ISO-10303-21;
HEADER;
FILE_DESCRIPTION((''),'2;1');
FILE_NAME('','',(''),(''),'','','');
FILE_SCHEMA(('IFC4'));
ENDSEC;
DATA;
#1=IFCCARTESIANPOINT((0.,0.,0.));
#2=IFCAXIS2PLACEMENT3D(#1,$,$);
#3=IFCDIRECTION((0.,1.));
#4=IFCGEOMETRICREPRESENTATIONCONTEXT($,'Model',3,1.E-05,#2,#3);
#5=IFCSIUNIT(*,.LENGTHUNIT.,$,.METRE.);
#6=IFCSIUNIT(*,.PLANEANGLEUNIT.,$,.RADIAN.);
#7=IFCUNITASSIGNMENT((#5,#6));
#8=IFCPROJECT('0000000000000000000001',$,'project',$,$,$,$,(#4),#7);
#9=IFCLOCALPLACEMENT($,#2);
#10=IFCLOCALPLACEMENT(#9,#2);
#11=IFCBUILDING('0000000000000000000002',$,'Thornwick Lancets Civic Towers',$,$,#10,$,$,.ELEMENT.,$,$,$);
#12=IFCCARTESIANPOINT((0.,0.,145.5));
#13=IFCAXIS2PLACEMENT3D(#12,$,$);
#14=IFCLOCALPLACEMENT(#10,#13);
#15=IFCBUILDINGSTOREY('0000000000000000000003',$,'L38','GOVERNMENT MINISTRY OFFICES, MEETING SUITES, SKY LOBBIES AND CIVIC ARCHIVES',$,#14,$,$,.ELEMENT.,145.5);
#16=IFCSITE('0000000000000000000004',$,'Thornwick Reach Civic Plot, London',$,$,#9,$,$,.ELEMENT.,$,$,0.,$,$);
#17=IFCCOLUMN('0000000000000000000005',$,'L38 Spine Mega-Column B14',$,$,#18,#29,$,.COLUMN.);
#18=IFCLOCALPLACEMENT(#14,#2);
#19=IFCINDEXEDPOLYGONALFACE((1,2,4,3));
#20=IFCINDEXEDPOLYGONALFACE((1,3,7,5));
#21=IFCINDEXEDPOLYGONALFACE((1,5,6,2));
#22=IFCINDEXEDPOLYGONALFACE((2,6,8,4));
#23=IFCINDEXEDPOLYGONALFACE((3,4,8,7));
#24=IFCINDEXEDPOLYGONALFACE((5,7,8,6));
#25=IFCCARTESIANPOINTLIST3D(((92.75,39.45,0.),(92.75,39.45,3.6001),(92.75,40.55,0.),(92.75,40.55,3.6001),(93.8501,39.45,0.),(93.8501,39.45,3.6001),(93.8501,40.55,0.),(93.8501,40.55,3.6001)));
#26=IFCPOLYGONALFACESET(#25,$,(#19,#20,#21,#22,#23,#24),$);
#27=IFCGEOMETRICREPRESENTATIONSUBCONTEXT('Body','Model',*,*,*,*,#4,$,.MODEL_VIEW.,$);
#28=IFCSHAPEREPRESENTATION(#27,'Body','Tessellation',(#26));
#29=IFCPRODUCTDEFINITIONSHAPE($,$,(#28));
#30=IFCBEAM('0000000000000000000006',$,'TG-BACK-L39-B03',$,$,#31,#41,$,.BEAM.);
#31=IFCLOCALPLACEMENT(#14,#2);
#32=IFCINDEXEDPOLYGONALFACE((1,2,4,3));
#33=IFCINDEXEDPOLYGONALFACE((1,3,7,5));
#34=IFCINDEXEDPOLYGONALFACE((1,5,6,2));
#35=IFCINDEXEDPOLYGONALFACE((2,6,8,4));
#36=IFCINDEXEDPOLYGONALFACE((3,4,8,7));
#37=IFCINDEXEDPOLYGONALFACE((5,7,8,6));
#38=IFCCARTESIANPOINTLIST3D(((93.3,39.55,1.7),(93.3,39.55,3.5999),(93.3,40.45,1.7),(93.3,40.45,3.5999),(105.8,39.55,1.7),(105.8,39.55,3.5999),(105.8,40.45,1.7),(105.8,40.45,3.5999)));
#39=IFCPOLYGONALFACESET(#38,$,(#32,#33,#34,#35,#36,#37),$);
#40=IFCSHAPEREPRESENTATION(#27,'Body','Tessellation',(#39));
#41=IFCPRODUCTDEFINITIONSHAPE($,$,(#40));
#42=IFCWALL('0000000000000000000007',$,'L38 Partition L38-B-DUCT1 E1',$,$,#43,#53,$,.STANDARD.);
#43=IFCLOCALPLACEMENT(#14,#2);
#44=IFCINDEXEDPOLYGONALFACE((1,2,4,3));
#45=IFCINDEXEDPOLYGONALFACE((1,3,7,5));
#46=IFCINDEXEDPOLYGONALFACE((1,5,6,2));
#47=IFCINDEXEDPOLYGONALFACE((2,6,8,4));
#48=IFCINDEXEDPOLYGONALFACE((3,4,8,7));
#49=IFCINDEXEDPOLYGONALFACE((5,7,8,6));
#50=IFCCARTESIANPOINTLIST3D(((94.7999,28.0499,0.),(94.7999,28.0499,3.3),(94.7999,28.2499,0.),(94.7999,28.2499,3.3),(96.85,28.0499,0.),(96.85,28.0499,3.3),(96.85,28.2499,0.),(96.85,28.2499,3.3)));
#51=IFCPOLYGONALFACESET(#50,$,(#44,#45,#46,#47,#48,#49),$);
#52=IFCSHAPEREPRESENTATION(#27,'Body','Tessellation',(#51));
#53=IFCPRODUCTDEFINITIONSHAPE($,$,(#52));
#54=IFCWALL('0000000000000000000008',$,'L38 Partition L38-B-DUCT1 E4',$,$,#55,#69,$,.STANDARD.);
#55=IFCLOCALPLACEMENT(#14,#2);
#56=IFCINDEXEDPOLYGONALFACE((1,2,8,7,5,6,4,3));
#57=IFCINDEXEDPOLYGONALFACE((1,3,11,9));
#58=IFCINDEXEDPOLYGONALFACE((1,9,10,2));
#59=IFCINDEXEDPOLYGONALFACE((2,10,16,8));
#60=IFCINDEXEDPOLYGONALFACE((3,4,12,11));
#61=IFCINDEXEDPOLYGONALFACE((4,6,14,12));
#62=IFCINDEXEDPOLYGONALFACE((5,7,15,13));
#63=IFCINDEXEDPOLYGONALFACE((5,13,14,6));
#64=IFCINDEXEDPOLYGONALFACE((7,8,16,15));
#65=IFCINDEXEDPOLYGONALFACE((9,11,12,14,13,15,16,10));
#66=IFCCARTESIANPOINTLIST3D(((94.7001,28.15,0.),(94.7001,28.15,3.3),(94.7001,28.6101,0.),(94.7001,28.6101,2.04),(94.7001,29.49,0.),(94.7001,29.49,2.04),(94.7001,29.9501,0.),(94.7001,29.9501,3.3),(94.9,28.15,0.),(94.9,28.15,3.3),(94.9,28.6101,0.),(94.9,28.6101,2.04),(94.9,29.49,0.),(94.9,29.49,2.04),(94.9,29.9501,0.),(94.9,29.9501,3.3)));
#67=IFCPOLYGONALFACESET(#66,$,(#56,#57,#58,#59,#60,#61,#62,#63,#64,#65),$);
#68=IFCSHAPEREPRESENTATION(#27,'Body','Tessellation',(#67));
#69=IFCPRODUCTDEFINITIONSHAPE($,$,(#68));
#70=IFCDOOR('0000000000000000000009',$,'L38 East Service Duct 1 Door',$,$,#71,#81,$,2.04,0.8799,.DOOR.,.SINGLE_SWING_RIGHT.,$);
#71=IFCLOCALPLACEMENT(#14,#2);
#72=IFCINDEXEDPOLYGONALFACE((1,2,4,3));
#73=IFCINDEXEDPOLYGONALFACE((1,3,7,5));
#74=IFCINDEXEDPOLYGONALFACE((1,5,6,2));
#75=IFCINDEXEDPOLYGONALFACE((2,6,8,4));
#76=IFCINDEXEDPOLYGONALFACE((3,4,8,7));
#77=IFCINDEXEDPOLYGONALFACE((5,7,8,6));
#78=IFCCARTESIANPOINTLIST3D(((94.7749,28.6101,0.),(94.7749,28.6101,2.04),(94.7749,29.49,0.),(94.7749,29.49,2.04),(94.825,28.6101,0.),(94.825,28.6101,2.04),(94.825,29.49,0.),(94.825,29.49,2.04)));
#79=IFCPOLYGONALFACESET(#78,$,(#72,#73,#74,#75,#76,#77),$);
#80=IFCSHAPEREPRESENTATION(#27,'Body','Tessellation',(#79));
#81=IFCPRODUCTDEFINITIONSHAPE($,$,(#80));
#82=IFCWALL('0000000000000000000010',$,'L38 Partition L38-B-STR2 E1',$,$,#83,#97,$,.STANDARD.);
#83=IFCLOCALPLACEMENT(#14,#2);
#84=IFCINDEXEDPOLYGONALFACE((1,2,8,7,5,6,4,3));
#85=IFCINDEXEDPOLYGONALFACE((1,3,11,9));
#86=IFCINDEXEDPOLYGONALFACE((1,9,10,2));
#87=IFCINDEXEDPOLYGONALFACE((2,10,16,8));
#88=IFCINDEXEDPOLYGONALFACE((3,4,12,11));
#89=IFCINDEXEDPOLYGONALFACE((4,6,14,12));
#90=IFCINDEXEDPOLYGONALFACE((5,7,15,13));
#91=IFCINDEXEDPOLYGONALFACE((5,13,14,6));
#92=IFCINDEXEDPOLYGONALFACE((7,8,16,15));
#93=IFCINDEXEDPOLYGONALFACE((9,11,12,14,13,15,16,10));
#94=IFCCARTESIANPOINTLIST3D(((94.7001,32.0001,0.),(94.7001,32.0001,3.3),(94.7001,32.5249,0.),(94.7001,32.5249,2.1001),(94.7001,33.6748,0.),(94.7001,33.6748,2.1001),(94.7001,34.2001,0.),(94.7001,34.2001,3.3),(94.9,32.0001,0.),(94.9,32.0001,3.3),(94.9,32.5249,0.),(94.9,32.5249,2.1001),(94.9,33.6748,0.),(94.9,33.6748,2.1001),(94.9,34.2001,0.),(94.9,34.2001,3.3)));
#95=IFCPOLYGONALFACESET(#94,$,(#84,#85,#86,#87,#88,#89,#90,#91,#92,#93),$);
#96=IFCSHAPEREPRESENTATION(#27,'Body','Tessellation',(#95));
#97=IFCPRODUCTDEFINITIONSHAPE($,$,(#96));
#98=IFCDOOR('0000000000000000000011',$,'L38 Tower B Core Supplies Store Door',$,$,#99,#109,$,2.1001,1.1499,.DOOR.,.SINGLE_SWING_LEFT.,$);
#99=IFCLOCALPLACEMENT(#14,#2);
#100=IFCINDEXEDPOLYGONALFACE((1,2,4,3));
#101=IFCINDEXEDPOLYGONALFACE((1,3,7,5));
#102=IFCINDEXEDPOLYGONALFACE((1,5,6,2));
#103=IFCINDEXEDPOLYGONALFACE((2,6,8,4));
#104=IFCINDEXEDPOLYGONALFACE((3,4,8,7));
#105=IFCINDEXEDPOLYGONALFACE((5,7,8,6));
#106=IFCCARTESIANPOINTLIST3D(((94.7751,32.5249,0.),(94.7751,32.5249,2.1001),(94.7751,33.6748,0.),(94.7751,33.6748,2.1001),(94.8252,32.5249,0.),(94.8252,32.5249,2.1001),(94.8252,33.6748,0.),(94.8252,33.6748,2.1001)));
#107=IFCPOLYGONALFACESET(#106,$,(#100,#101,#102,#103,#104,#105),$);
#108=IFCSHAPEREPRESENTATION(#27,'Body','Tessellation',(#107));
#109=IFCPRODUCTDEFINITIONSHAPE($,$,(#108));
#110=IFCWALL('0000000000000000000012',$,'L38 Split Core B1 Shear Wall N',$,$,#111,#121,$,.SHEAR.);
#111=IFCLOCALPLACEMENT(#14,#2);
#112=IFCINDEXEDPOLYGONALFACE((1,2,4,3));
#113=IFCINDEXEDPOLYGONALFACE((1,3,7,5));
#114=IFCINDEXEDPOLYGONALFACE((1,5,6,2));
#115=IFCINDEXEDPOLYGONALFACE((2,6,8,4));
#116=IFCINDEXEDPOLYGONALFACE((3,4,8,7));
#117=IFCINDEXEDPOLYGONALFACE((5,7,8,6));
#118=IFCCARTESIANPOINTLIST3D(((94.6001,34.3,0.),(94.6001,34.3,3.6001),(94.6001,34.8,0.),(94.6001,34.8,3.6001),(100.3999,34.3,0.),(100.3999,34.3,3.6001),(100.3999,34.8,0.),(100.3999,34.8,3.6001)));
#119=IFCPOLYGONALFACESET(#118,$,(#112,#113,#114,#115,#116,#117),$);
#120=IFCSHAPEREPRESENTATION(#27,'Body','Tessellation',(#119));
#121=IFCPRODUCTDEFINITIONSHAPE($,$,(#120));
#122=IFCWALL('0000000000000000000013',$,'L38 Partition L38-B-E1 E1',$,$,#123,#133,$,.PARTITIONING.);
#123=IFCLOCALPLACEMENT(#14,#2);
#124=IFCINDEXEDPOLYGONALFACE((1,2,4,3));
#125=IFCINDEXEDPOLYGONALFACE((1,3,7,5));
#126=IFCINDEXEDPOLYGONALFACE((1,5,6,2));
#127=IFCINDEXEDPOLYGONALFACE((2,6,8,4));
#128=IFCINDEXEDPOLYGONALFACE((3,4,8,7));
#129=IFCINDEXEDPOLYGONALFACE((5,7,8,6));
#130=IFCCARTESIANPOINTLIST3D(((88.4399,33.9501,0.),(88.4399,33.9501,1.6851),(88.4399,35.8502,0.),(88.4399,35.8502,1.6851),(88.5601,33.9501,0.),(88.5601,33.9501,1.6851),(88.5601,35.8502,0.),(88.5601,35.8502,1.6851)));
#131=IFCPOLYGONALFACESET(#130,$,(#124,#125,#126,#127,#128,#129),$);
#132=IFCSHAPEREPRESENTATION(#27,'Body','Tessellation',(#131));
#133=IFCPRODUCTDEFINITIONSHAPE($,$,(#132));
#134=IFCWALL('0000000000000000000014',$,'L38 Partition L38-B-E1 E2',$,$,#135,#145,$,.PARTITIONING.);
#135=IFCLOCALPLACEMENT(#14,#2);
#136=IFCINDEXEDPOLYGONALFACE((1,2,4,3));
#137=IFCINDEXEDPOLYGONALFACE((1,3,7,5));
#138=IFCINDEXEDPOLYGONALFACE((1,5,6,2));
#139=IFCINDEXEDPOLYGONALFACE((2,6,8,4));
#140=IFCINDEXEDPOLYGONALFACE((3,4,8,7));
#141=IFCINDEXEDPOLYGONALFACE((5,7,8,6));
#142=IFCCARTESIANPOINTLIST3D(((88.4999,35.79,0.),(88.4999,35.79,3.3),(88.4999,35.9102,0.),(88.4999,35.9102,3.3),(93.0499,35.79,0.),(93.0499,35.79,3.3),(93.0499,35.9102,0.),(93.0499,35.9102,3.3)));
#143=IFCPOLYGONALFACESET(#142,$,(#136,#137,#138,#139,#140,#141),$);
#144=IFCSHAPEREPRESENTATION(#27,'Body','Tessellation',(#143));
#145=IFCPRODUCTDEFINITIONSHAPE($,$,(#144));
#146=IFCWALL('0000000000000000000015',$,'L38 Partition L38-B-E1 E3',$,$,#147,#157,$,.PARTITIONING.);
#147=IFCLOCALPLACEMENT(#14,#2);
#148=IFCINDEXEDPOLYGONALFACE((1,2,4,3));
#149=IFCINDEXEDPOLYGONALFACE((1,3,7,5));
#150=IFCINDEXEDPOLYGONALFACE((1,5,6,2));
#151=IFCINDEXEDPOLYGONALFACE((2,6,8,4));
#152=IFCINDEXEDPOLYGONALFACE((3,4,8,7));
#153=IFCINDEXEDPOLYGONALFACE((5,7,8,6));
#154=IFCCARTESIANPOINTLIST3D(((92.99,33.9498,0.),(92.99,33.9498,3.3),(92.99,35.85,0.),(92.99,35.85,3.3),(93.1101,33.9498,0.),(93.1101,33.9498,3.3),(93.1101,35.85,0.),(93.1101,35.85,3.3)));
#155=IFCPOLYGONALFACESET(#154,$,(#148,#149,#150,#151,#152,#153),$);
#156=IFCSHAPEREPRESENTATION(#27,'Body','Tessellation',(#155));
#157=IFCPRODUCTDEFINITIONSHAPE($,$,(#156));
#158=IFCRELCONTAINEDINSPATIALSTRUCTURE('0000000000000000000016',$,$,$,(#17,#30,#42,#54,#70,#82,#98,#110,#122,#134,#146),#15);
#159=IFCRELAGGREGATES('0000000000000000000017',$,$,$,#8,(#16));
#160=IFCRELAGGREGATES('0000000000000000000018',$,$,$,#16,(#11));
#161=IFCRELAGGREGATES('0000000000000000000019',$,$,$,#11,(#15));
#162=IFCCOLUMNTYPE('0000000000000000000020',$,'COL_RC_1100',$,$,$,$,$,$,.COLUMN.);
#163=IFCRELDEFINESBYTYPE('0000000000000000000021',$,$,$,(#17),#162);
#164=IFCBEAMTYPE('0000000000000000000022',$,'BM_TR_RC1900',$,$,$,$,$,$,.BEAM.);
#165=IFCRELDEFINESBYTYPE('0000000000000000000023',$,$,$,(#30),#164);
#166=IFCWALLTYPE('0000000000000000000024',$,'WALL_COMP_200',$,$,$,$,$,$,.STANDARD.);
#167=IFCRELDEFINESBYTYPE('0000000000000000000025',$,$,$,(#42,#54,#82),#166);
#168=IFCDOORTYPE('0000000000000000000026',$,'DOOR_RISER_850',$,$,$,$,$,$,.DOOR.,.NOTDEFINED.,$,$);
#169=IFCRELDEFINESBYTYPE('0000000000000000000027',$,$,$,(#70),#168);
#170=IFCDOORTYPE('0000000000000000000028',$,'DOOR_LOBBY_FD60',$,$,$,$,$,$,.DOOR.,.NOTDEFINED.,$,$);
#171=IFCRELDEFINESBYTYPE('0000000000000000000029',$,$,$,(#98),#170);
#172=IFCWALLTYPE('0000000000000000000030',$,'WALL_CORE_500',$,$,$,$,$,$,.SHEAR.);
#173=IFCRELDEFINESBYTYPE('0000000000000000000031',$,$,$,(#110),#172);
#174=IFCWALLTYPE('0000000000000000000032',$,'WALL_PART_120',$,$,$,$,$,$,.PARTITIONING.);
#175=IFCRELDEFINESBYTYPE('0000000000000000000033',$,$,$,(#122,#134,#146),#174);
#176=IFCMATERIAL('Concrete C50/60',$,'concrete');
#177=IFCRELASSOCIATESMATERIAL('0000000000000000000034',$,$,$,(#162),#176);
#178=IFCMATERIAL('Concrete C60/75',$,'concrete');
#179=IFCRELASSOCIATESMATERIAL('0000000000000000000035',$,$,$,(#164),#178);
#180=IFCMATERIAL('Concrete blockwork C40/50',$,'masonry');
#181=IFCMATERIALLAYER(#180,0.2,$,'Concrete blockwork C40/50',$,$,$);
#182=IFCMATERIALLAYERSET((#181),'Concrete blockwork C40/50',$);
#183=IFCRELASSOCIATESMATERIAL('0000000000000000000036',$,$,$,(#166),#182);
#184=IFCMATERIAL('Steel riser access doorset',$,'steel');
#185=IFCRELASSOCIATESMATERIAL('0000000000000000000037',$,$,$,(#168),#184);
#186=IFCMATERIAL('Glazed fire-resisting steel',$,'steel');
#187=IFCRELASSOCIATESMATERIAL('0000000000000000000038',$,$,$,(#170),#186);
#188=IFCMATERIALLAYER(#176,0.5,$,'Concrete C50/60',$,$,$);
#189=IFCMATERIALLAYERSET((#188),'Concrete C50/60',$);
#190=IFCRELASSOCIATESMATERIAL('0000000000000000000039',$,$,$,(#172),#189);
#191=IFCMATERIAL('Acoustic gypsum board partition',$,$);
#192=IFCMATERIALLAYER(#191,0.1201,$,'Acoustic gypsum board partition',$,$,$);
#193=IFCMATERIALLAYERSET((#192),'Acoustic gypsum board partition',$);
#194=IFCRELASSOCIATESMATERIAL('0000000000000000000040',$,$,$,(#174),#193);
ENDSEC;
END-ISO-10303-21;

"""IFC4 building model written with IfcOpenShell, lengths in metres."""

from ifc_helpers import new_model, si_unit, direction, frame, frame_2d, origin, origin_2d, place, context, subcontext, project, spatial, rectangle, extrude, material, layer, layer_set, material_profile, profile_set, type_object, element, fill, save


model = new_model("IFC4")

# Units and contexts
model_context = context("Model", 3, precision=1e-05, world=origin(), true_north=direction((0.0, 1.0)))
body_context = subcontext(model_context, "Body", "Model", "MODEL_VIEW")
ifc_project = project(units=[si_unit("LENGTHUNIT", "METRE"), si_unit("PLANEANGLEUNIT", "RADIAN")], contexts=[model_context])

# Site, building, storey
site_placement = place(None, origin())
site = spatial("IfcSite", under=ifc_project, at=site_placement, Name="Thornwick Reach Civic Plot, London", CompositionType="ELEMENT", RefElevation=0.0)
building_placement = place(site_placement, origin())
building = spatial("IfcBuilding", under=site, at=building_placement, Name="Thornwick Lancets Civic Towers", CompositionType="ELEMENT")
storey_placement = place(building_placement, frame((0.0, 0.0, 145.5)))
storey = spatial("IfcBuildingStorey", under=building, at=storey_placement, Name="L38", Description="GOVERNMENT MINISTRY OFFICES, MEETING SUITES, SKY LOBBIES AND CIVIC ARCHIVES", CompositionType="ELEMENT", Elevation=145.5)

# Column
ifc_material_1 = material(Name="Concrete C50/60", Category="concrete")
ifc_material_profile_1 = material_profile(ifc_material_1, rectangle(XDim=1.1001, YDim=1.1001, at=origin_2d()), Name="RC 1100x1100")
ifc_profile_set_1 = profile_set([ifc_material_profile_1], Name="Concrete C50/60")
column_type = type_object("IfcColumnType", Name="COL_RC_1100", PredefinedType="COLUMN", material=ifc_profile_set_1)
column_placement = place(storey_placement, frame((93.3, 40.0, 0.0), z_axis=(0.0, 0.0, 1.0), x_axis=(1.0, 0.0, 0.0)))
element("IfcColumn", 1, at=column_placement, inside=storey, type_object=column_type, Name="L38 Spine Mega-Column B14", PredefinedType="COLUMN", context=body_context, shape_type="SweptSolid", body=[
    extrude(rectangle(XDim=1.1001, YDim=1.1001, at=origin_2d()), origin(), (0.0, 0.0, 1.0), 3.6001),
])

# Beam
ifc_material_2 = material(Name="Concrete C60/75", Category="concrete")
ifc_material_profile_2 = material_profile(ifc_material_2, rectangle(XDim=0.8999, YDim=1.8999, at=origin_2d()), Name="RC 900x1900")
ifc_profile_set_2 = profile_set([ifc_material_profile_2], Name="Concrete C60/75")
beam_type = type_object("IfcBeamType", Name="BM_TR_RC1900", PredefinedType="BEAM", material=ifc_profile_set_2)
beam_placement = place(storey_placement, frame((93.3, 40.0, 2.6499), z_axis=(1.0, 0.0, 0.0), x_axis=(0.0, 1.0, 0.0)))
element("IfcBeam", 2, at=beam_placement, inside=storey, type_object=beam_type, Name="TG-BACK-L39-B03", PredefinedType="BEAM", context=body_context, shape_type="SweptSolid", body=[
    extrude(rectangle(XDim=0.8999, YDim=1.8999, at=origin_2d()), origin(), (0.0, 0.0, 1.0), 12.5),
])

# Wall
ifc_material_3 = material(Name="Concrete blockwork C40/50", Category="masonry")
ifc_layer_1 = layer(ifc_material_3, 0.2, Name="Concrete blockwork C40/50")
ifc_layer_set_1 = layer_set([ifc_layer_1], Name="Concrete blockwork C40/50")
wall_type_1 = type_object("IfcWallType", Name="WALL_COMP_200", PredefinedType="STANDARD", material=ifc_layer_set_1)
wall_1_placement = place(storey_placement, frame((94.8, 28.1499, 0.0), z_axis=(0.0, 0.0, 1.0), x_axis=(1.0, 0.0, 0.0)))
element("IfcWall", 3, at=wall_1_placement, inside=storey, type_object=wall_type_1, Name="L38 Partition L38-B-DUCT1 E1", PredefinedType="STANDARD", context=body_context, shape_type="SweptSolid", body=[
    extrude(rectangle(XDim=2.05, YDim=0.2, at=frame_2d((1.0249, 0.0))), origin(), (0.0, 0.0, 1.0), 3.3),
])

# Walls, openings, doors
wall_2_placement = place(storey_placement, frame((94.8, 29.95, 0.0), z_axis=(0.0, 0.0, 1.0), x_axis=(0.0, -1.0, 0.0)))
wall_2 = element("IfcWall", 4, at=wall_2_placement, inside=storey, type_object=wall_type_1, Name="L38 Partition L38-B-DUCT1 E4", PredefinedType="STANDARD", context=body_context, shape_type="SweptSolid", body=[
    extrude(rectangle(XDim=1.8, YDim=0.2, at=frame_2d((0.8999, 0.0))), origin(), (0.0, 0.0, 1.0), 3.3),
])
opening_1_placement = place(wall_2_placement, frame((0.46, 0.0, 0.0)))
opening_1 = element("IfcOpeningElement", 5, at=opening_1_placement, cuts=wall_2, PredefinedType="OPENING", context=body_context, shape_type="SweptSolid", body=[
    extrude(rectangle(XDim=0.8799, YDim=2.04, at=frame_2d((0.4399, 1.02))), frame((0.0, 0.1099, 0.0), z_axis=(0.0, -1.0, 0.0), x_axis=(1.0, 0.0, 0.0)), (0.0, 0.0, 1.0), 0.22),
])
ifc_material_4 = material(Name="Steel riser access doorset", Category="steel")
door_type_1 = type_object("IfcDoorType", Name="DOOR_RISER_850", OperationType="NOTDEFINED", PredefinedType="DOOR", material=ifc_material_4)
door_1_placement = place(opening_1_placement, origin())
door_1 = element("IfcDoor", 6, at=door_1_placement, inside=storey, type_object=door_type_1, Name="L38 East Service Duct 1 Door", OperationType="SINGLE_SWING_RIGHT", OverallHeight=2.04, OverallWidth=0.8799, PredefinedType="DOOR", context=body_context, shape_type="SweptSolid", body=[
    extrude(rectangle(XDim=0.8799, YDim=2.04, at=frame_2d((0.4399, 1.02))), frame((0.0, 0.0249, 0.0), z_axis=(0.0, -1.0, 0.0), x_axis=(1.0, 0.0, 0.0)), (0.0, 0.0, 1.0), 0.05),
])
fill(opening_1, door_1)
wall_3_placement = place(storey_placement, frame((94.8, 32.0, 0.0), z_axis=(0.0, 0.0, 1.0), x_axis=(0.0, 1.0, 0.0)))
wall_3 = element("IfcWall", 7, at=wall_3_placement, inside=storey, type_object=wall_type_1, Name="L38 Partition L38-B-STR2 E1", PredefinedType="STANDARD", context=body_context, shape_type="SweptSolid", body=[
    extrude(rectangle(XDim=2.2, YDim=0.2, at=frame_2d((1.1001, 0.0))), origin(), (0.0, 0.0, 1.0), 3.3),
])
opening_2_placement = place(wall_3_placement, frame((0.5249, 0.0, 0.0)))
opening_2 = element("IfcOpeningElement", 8, at=opening_2_placement, cuts=wall_3, PredefinedType="OPENING", context=body_context, shape_type="SweptSolid", body=[
    extrude(rectangle(XDim=1.1499, YDim=2.1001, at=frame_2d((0.575, 1.05))), frame((0.0, 0.1099, 0.0), z_axis=(0.0, -1.0, 0.0), x_axis=(1.0, 0.0, 0.0)), (0.0, 0.0, 1.0), 0.22),
])
ifc_material_5 = material(Name="Glazed fire-resisting steel", Category="steel")
door_type_2 = type_object("IfcDoorType", Name="DOOR_LOBBY_FD60", OperationType="NOTDEFINED", PredefinedType="DOOR", material=ifc_material_5)
door_2_placement = place(opening_2_placement, origin())
door_2 = element("IfcDoor", 9, at=door_2_placement, inside=storey, type_object=door_type_2, Name="L38 Tower B Core Supplies Store Door", OperationType="SINGLE_SWING_LEFT", OverallHeight=2.1001, OverallWidth=1.1499, PredefinedType="DOOR", context=body_context, shape_type="SweptSolid", body=[
    extrude(rectangle(XDim=1.1499, YDim=2.1001, at=frame_2d((0.575, 1.05))), frame((0.0, 0.0249, 0.0), z_axis=(0.0, -1.0, 0.0), x_axis=(1.0, 0.0, 0.0)), (0.0, 0.0, 1.0), 0.05),
])
fill(opening_2, door_2)

# Walls
ifc_layer_2 = layer(ifc_material_1, 0.5, Name="Concrete C50/60")
ifc_layer_set_2 = layer_set([ifc_layer_2], Name="Concrete C50/60")
wall_type_2 = type_object("IfcWallType", Name="WALL_CORE_500", PredefinedType="SHEAR", material=ifc_layer_set_2)
wall_4_placement = place(storey_placement, frame((94.6001, 34.55, 0.0), z_axis=(0.0, 0.0, 1.0), x_axis=(1.0, 0.0, 0.0)))
element("IfcWall", 10, at=wall_4_placement, inside=storey, type_object=wall_type_2, Name="L38 Split Core B1 Shear Wall N", PredefinedType="SHEAR", context=body_context, shape_type="SweptSolid", body=[
    extrude(rectangle(XDim=5.7998, YDim=0.5, at=frame_2d((2.8999, 0.0))), origin(), (0.0, 0.0, 1.0), 3.6001),
])
ifc_material_6 = material(Name="Acoustic gypsum board partition")
ifc_layer_3 = layer(ifc_material_6, 0.1201, Name="Acoustic gypsum board partition")
ifc_layer_set_3 = layer_set([ifc_layer_3], Name="Acoustic gypsum board partition")
wall_type_3 = type_object("IfcWallType", Name="WALL_PART_120", PredefinedType="PARTITIONING", material=ifc_layer_set_3)
wall_5_placement = place(storey_placement, frame((88.5, 33.95, 0.0), z_axis=(0.0, 0.0, 1.0), x_axis=(0.0, 1.0, 0.0)))
element("IfcWall", 11, at=wall_5_placement, inside=storey, type_object=wall_type_3, Name="L38 Partition L38-B-E1 E1", PredefinedType="PARTITIONING", context=body_context, shape_type="SweptSolid", body=[
    extrude(rectangle(XDim=1.9001, YDim=0.1201, at=frame_2d((0.9502, 0.0))), origin(), (0.0, 0.0, 1.0), 1.6851),
])
wall_6_placement = place(storey_placement, frame((88.5, 35.8501, 0.0), z_axis=(0.0, 0.0, 1.0), x_axis=(1.0, 0.0, 0.0)))
element("IfcWall", 12, at=wall_6_placement, inside=storey, type_object=wall_type_3, Name="L38 Partition L38-B-E1 E2", PredefinedType="PARTITIONING", context=body_context, shape_type="SweptSolid", body=[
    extrude(rectangle(XDim=4.55, YDim=0.1201, at=frame_2d((2.2749, 0.0))), origin(), (0.0, 0.0, 1.0), 3.3),
])
wall_7_placement = place(storey_placement, frame((93.05, 35.8501, 0.0), z_axis=(0.0, 0.0, 1.0), x_axis=(0.0, -1.0, 0.0)))
element("IfcWall", 13, at=wall_7_placement, inside=storey, type_object=wall_type_3, Name="L38 Partition L38-B-E1 E3", PredefinedType="PARTITIONING", context=body_context, shape_type="SweptSolid", body=[
    extrude(rectangle(XDim=1.9001, YDim=0.1201, at=frame_2d((0.9502, 0.0))), origin(), (0.0, 0.0, 1.0), 3.3),
])

save(model, "model.ifc")
